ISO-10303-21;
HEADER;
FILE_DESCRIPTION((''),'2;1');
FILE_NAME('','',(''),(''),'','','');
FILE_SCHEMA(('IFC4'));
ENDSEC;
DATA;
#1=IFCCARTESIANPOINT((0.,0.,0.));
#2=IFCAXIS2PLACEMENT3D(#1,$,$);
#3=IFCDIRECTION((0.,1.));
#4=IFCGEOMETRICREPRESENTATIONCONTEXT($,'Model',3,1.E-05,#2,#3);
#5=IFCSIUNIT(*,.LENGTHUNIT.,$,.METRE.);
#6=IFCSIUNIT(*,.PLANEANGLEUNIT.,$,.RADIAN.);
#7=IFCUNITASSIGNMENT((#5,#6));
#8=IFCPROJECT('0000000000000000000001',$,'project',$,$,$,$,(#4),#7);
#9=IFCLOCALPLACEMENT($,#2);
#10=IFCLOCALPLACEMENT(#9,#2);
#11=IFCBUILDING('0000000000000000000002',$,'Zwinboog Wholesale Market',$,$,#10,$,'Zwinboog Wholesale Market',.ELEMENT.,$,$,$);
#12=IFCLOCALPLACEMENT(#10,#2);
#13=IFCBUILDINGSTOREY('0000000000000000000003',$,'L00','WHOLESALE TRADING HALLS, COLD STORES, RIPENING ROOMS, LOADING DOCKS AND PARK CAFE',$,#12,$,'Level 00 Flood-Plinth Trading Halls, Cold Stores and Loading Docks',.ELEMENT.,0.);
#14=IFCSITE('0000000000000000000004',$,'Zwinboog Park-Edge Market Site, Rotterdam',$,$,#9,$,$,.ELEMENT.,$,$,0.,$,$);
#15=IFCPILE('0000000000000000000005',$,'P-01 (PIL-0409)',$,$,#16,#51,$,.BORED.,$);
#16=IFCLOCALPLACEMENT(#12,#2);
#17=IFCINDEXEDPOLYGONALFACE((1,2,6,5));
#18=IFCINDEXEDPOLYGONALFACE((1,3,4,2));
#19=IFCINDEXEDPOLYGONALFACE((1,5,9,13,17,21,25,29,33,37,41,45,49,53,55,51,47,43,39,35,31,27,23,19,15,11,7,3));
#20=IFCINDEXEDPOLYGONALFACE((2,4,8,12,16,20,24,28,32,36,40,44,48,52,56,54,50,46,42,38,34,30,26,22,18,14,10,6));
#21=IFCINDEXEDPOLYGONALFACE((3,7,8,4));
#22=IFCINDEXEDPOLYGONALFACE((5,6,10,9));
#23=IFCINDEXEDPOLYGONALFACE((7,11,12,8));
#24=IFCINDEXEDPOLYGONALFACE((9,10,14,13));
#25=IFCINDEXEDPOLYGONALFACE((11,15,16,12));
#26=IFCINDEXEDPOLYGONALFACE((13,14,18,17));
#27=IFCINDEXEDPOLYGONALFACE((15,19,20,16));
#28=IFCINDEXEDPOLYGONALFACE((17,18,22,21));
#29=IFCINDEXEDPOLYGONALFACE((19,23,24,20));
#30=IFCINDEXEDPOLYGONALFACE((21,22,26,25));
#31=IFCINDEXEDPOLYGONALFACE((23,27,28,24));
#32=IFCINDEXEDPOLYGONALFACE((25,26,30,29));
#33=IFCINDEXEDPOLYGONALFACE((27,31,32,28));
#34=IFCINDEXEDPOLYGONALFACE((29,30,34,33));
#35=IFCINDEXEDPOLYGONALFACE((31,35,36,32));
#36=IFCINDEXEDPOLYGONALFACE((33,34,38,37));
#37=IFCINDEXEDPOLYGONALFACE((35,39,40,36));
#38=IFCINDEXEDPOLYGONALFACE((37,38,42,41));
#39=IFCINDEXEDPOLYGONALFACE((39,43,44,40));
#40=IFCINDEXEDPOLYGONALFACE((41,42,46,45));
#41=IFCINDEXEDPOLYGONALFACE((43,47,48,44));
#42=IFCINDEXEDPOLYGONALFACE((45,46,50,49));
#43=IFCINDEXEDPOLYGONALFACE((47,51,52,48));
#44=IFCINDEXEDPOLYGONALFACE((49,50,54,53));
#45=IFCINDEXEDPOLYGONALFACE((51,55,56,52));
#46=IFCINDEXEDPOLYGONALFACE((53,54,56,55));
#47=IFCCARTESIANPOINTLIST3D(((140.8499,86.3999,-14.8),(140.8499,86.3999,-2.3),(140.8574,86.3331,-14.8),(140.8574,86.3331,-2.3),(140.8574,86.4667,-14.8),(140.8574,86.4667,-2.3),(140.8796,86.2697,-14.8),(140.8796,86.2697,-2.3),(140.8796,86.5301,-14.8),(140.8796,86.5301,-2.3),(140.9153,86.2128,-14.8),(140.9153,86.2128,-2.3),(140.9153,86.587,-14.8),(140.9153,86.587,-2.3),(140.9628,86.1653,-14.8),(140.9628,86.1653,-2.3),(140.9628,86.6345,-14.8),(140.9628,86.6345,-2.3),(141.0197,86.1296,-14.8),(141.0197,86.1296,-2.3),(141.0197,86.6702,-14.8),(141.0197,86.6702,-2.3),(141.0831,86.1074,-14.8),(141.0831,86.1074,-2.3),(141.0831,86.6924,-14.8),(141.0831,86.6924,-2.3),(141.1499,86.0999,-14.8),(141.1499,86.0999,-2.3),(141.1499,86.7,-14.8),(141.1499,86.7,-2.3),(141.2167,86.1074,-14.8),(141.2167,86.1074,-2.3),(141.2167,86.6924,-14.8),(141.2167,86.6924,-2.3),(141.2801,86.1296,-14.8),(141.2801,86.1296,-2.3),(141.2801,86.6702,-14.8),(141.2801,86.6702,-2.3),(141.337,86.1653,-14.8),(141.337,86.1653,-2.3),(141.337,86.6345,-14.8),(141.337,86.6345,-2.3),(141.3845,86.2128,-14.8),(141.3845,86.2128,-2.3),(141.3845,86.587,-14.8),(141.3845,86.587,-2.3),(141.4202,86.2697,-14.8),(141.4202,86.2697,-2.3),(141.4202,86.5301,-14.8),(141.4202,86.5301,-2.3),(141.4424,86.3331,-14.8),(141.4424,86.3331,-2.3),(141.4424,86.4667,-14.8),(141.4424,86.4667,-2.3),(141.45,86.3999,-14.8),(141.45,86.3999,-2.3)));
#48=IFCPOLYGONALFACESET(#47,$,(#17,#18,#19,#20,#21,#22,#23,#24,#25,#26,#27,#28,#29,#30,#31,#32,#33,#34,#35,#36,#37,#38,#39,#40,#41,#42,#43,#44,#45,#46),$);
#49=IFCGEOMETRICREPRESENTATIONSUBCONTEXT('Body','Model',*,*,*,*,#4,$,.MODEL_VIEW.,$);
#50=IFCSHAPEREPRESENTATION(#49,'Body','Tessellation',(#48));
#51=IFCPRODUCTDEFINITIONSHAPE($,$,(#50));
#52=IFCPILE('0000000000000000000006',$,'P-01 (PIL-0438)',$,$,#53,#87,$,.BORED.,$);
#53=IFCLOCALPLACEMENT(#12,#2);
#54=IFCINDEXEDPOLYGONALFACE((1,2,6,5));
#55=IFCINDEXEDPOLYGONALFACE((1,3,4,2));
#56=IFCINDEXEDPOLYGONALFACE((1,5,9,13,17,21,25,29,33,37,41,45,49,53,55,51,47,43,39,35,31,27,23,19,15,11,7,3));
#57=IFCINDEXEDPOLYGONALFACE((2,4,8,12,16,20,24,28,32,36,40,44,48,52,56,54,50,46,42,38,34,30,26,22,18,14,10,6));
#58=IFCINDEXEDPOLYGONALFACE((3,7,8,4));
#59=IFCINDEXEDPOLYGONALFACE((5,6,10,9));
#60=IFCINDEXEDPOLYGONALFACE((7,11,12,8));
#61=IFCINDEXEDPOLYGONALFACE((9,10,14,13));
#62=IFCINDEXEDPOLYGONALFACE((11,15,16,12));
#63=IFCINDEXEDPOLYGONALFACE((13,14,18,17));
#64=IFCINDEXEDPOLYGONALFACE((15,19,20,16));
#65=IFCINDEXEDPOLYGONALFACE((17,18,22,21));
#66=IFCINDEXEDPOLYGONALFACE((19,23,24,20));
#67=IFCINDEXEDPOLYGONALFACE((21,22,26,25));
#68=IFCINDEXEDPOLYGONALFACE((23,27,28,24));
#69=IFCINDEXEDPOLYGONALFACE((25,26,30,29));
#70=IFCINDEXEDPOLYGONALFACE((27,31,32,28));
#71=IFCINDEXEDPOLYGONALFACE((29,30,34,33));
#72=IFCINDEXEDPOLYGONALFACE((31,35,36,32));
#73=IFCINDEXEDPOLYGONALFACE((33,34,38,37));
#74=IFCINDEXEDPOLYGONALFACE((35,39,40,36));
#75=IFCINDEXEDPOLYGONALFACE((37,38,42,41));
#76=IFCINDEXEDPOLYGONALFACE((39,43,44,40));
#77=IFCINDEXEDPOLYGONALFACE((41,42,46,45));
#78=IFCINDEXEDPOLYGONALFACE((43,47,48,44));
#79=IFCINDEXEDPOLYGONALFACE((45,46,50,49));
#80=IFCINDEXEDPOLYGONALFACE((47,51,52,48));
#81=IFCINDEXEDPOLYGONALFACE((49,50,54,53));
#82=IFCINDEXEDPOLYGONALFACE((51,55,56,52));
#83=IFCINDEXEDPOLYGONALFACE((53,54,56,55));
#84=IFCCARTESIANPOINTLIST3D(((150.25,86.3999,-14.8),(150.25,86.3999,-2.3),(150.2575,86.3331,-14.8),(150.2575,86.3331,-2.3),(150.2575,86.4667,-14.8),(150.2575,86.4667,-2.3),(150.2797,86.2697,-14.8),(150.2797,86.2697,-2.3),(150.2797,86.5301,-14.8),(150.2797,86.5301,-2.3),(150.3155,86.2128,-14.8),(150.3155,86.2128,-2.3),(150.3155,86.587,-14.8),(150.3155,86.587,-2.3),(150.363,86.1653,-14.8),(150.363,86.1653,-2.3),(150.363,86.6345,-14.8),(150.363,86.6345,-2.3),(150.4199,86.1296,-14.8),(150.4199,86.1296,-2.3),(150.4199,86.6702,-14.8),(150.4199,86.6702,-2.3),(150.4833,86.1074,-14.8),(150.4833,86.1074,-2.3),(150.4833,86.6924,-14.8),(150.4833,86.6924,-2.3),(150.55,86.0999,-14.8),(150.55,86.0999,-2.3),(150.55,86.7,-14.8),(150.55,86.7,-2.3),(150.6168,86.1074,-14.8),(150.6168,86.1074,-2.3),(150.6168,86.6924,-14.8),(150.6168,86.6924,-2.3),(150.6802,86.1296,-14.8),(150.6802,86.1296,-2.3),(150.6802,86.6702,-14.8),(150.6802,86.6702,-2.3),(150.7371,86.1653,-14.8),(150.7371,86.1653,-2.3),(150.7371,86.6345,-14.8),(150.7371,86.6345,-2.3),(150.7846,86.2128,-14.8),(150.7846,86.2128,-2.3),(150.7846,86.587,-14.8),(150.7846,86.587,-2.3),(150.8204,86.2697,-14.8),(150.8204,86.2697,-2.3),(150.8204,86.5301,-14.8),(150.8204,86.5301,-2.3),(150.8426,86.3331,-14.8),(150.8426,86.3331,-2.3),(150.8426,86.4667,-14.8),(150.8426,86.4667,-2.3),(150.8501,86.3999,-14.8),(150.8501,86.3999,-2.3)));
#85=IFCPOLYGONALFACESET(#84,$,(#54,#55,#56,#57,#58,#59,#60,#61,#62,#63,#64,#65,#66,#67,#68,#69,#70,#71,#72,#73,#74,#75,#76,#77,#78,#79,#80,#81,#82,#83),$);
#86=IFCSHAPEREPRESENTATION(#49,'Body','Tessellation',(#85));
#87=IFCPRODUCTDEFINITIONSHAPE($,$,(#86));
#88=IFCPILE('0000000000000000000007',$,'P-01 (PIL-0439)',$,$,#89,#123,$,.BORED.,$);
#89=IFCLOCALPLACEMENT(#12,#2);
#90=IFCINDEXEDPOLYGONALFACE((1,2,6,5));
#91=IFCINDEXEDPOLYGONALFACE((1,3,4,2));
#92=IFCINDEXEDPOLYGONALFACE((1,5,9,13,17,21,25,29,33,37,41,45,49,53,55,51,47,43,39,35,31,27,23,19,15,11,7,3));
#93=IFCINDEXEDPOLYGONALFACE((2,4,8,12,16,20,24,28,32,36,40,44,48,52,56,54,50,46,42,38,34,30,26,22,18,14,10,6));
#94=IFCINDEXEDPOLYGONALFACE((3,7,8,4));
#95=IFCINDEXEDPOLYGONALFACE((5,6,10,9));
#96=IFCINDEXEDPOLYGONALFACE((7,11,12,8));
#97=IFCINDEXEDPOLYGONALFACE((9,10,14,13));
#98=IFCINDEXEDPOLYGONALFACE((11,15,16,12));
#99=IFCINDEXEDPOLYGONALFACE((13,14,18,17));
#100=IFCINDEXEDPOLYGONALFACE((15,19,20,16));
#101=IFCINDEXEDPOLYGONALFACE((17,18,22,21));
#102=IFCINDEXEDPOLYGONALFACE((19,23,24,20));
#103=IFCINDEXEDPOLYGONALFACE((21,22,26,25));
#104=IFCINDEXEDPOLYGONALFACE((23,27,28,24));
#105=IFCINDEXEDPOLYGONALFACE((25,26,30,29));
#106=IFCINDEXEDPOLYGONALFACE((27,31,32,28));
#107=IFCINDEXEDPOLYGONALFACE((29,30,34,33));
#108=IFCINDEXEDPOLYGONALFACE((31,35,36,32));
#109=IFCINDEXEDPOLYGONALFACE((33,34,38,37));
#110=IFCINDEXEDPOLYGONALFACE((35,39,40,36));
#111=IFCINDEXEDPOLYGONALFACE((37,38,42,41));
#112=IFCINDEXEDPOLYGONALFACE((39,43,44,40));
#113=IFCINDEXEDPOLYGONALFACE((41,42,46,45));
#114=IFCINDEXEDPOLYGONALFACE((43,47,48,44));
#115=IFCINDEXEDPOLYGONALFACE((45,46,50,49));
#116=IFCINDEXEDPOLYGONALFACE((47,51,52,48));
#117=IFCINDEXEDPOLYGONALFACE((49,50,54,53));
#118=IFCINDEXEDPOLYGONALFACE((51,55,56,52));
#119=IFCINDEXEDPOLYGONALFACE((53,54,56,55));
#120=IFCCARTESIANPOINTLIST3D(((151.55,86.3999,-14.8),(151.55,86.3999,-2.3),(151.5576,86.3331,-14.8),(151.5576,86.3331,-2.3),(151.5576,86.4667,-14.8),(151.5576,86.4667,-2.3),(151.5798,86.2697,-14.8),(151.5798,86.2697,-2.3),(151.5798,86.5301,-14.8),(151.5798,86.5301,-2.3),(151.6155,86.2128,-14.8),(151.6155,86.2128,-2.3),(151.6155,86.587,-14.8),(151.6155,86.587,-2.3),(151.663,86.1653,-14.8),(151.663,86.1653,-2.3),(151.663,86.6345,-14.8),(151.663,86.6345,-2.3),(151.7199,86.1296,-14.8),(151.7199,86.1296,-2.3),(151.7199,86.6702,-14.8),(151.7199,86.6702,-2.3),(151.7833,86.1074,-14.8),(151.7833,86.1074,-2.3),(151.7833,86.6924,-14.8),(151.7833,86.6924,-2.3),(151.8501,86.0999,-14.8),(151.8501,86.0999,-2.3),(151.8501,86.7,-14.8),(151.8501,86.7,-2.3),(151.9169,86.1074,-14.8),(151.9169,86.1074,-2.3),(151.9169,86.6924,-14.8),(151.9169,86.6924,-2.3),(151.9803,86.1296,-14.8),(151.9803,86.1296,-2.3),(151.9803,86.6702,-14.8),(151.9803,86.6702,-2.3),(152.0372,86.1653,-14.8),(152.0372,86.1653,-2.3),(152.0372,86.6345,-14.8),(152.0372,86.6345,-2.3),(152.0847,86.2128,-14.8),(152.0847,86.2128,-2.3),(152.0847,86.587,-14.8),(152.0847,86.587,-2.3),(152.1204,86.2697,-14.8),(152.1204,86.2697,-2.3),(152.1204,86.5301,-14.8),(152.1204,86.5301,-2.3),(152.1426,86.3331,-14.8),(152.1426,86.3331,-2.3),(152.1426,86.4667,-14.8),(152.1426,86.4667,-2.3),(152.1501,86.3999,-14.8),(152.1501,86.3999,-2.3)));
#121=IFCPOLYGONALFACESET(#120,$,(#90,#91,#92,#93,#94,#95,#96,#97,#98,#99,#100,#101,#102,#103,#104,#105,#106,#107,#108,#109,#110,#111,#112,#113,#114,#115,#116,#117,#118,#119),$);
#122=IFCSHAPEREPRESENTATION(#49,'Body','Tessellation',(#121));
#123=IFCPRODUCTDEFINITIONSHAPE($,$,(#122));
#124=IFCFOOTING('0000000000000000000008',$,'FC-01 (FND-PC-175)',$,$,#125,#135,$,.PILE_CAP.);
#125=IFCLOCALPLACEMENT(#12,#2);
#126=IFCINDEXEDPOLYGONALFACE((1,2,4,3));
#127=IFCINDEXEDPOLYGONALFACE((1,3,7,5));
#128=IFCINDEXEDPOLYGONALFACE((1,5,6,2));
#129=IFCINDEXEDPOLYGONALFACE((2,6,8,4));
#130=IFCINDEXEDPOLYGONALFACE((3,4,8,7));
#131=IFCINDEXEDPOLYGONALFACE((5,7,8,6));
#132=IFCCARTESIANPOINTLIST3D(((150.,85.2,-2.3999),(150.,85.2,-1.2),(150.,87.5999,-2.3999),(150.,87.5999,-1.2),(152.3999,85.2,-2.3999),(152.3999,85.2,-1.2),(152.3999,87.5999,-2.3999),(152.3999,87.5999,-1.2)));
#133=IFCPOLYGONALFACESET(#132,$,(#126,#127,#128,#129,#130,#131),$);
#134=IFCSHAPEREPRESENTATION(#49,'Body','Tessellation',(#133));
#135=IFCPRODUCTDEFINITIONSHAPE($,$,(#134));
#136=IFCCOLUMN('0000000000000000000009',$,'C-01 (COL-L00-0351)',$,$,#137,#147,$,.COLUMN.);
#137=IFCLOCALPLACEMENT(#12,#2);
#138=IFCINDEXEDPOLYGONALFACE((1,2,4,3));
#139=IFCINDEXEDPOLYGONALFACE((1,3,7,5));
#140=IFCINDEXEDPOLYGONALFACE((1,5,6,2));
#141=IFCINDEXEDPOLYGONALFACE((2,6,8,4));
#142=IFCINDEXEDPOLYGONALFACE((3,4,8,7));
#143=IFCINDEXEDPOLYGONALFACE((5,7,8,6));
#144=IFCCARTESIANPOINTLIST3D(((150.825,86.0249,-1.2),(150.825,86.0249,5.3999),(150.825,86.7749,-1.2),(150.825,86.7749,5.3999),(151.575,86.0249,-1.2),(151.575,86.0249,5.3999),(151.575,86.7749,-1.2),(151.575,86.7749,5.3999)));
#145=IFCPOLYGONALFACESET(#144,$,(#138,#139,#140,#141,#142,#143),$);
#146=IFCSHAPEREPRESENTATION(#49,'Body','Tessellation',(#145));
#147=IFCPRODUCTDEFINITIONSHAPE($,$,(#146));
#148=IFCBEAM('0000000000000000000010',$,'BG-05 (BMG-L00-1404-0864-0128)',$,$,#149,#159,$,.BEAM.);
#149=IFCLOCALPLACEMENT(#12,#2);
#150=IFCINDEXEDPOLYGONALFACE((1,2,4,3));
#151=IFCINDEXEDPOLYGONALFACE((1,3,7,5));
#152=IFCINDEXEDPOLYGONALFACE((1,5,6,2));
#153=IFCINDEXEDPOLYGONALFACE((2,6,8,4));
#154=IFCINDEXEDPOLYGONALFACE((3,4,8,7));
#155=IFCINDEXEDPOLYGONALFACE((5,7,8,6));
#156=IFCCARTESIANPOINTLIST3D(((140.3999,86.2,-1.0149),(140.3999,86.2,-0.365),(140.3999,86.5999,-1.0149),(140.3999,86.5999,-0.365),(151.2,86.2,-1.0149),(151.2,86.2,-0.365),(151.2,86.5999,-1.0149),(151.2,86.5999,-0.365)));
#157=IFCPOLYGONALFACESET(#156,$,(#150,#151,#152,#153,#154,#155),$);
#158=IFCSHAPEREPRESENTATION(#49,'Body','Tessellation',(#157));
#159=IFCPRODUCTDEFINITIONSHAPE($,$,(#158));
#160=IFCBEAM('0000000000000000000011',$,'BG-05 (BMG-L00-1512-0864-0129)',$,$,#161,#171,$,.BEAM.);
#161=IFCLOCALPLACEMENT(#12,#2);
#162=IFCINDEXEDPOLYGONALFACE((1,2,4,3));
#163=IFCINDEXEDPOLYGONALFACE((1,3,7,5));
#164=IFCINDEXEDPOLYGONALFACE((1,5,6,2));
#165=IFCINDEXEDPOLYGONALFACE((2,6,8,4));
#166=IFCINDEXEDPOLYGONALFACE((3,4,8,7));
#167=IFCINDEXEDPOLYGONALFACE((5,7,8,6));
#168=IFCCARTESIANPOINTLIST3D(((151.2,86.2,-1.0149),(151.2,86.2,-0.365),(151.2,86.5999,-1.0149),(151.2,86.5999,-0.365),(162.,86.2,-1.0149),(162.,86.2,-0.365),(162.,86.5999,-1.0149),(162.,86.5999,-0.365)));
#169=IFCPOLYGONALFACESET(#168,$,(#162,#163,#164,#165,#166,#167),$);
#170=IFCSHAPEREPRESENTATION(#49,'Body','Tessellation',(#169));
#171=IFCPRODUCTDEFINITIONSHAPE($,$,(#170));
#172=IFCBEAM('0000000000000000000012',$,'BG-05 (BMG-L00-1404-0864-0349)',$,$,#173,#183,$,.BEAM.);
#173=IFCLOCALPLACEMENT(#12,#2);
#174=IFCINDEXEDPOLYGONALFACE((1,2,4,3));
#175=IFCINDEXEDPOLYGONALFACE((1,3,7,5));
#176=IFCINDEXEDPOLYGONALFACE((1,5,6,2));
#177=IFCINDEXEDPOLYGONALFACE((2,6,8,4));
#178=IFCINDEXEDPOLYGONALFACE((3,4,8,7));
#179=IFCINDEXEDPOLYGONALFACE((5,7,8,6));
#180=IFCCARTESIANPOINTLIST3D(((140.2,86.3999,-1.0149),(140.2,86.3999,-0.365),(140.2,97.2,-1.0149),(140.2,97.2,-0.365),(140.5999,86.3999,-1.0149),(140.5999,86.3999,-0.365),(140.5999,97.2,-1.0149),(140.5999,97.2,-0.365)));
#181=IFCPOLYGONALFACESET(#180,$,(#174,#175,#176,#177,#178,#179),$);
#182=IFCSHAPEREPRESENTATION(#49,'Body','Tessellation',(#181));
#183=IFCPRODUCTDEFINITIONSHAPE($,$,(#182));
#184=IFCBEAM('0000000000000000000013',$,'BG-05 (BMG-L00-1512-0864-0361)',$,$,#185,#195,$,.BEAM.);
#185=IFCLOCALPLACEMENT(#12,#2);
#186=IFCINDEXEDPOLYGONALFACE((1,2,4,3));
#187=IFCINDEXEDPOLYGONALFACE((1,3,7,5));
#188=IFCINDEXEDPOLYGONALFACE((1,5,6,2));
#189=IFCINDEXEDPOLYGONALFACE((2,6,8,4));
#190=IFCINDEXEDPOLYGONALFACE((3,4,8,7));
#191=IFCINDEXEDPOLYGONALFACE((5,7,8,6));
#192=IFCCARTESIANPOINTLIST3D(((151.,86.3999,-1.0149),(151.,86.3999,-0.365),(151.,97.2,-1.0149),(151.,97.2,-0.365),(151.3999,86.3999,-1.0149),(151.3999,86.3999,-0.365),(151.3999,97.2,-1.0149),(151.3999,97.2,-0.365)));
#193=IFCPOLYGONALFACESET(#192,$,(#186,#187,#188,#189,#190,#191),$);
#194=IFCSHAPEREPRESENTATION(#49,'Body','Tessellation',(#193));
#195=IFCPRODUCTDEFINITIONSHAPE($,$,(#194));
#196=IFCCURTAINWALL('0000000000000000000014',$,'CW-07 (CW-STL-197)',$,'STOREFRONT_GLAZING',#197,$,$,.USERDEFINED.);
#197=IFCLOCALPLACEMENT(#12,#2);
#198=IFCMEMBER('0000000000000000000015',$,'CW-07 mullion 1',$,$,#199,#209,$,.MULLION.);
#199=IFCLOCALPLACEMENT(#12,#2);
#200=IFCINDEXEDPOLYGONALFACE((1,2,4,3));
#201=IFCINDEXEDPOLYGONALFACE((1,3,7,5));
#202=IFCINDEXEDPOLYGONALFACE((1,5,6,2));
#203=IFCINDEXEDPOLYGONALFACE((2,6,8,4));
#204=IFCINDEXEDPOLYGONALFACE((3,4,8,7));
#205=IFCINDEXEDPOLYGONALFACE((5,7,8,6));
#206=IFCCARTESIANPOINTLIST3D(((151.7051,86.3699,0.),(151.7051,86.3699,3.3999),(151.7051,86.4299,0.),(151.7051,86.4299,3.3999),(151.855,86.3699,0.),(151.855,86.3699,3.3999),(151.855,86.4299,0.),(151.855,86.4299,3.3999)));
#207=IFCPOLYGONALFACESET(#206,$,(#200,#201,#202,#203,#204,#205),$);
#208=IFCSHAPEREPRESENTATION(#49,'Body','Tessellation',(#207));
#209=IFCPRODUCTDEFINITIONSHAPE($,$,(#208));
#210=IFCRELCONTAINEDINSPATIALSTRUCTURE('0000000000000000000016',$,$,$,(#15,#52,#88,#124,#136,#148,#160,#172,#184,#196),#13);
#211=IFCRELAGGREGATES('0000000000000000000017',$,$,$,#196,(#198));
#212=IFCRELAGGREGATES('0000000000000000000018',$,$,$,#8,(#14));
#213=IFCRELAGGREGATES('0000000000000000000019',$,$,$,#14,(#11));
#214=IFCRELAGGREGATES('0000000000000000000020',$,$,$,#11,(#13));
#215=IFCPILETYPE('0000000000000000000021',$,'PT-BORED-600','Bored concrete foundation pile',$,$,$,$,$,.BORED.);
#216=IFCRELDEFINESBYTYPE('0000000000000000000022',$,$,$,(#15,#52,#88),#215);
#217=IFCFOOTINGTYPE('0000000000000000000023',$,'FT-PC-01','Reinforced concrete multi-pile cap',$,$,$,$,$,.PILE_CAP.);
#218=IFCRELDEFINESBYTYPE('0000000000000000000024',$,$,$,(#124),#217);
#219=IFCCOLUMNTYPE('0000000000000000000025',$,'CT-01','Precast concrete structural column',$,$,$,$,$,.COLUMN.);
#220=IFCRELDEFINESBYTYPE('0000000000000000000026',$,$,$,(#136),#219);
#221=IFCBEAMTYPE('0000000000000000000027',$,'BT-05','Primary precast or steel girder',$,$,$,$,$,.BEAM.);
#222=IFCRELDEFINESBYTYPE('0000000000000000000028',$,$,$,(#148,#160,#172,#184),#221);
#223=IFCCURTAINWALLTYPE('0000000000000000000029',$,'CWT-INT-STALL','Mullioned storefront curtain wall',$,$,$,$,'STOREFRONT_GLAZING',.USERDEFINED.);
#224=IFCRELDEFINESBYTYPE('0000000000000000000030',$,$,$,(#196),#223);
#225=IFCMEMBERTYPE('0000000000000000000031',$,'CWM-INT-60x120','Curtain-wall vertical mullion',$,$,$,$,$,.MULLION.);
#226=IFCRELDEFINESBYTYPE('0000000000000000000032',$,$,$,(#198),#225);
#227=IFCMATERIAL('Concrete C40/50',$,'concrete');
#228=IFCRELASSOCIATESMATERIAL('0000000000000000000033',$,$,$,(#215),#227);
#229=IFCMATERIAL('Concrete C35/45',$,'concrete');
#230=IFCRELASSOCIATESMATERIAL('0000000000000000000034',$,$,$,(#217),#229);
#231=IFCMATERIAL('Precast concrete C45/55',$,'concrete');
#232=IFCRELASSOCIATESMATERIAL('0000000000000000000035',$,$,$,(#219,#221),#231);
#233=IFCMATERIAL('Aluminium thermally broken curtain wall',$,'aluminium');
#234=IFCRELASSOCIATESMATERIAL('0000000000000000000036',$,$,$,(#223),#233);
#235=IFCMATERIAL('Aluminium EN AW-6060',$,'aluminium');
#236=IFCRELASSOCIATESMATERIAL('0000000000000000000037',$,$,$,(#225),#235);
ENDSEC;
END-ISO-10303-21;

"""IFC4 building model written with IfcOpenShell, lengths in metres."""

from ifc_helpers import new_model, si_unit, direction, frame, origin, origin_2d, place, context, subcontext, project, spatial, rectangle, circle, extrude, material, material_profile, profile_set, type_object, element, aggregate, save


model = new_model("IFC4")

# Units and contexts
model_context = context("Model", 3, precision=1e-05, world=origin(), true_north=direction((0.0, 1.0)))
body_context = subcontext(model_context, "Body", "Model", "MODEL_VIEW")
ifc_project = project(units=[si_unit("LENGTHUNIT", "METRE"), si_unit("PLANEANGLEUNIT", "RADIAN")], contexts=[model_context])

# Site, building, storey
site_placement = place(None, origin())
site = spatial("IfcSite", under=ifc_project, at=site_placement, Name="Zwinboog Park-Edge Market Site, Rotterdam", CompositionType="ELEMENT", RefElevation=0.0)
building_placement = place(site_placement, origin())
building = spatial("IfcBuilding", under=site, at=building_placement, Name="Zwinboog Wholesale Market", LongName="Zwinboog Wholesale Market", CompositionType="ELEMENT")
storey_placement = place(building_placement, origin())
storey = spatial("IfcBuildingStorey", under=building, at=storey_placement, Name="L00", Description="WHOLESALE TRADING HALLS, COLD STORES, RIPENING ROOMS, LOADING DOCKS AND PARK CAFE", LongName="Level 00 Flood-Plinth Trading Halls, Cold Stores and Loading Docks", CompositionType="ELEMENT", Elevation=0.0)

# Piles
ifc_material_1 = material(Name="Concrete C40/50", Category="concrete")
ifc_material_profile_1 = material_profile(ifc_material_1, circle(Radius=0.3, at=origin_2d()), Name="PILE D600")
ifc_profile_set_1 = profile_set([ifc_material_profile_1], Name="Concrete C40/50")
pile_type = type_object("IfcPileType", Name="PT-BORED-600", Description="Bored concrete foundation pile", PredefinedType="BORED", material=ifc_profile_set_1)
for number, where, z_axis, x_axis, name in (
    (1, (141.1499, 86.3999, -2.3), (0.0, 0.0, -1.0), (1.0, 0.0, 0.0), "P-01 (PIL-0409)"),
    (2, (150.55, 86.3999, -2.3), (0.0, 0.0, -1.0), (1.0, 0.0, 0.0), "P-01 (PIL-0438)"),
    (3, (151.8501, 86.3999, -2.3), (0.0, 0.0, -1.0), (1.0, 0.0, 0.0), "P-01 (PIL-0439)"),
):
    element("IfcPile", number, at=place(storey_placement, frame(where, z_axis=z_axis, x_axis=x_axis)), inside=storey, type_object=pile_type, Name=name, PredefinedType="BORED", context=body_context, shape_type="SweptSolid", body=[
        extrude(circle(Radius=0.3, at=origin_2d()), origin(), (0.0, 0.0, 1.0), 12.5),
    ])

# Footing
ifc_material_2 = material(Name="Concrete C35/45", Category="concrete")
footing_type = type_object("IfcFootingType", Name="FT-PC-01", Description="Reinforced concrete multi-pile cap", PredefinedType="PILE_CAP", material=ifc_material_2)
footing_placement = place(storey_placement, frame((151.2, 86.3999, -2.3999), z_axis=(0.0, 0.0, 1.0), x_axis=(1.0, 0.0, 0.0)))
element("IfcFooting", 4, at=footing_placement, inside=storey, type_object=footing_type, Name="FC-01 (FND-PC-175)", PredefinedType="PILE_CAP", context=body_context, shape_type="SweptSolid", body=[
    extrude(rectangle(XDim=2.3999, YDim=2.3999, at=origin_2d()), origin(), (0.0, 0.0, 1.0), 1.2),
])

# Column
ifc_material_3 = material(Name="Precast concrete C45/55", Category="concrete")
ifc_material_profile_2 = material_profile(ifc_material_3, rectangle(XDim=0.75, YDim=0.75, at=origin_2d()), Name="PC 750x750")
ifc_profile_set_2 = profile_set([ifc_material_profile_2], Name="Precast concrete C45/55")
column_type = type_object("IfcColumnType", Name="CT-01", Description="Precast concrete structural column", PredefinedType="COLUMN", material=ifc_profile_set_2)
column_placement = place(storey_placement, frame((151.2, 86.3999, -1.2), z_axis=(0.0, 0.0, 1.0), x_axis=(1.0, 0.0, 0.0)))
element("IfcColumn", 5, at=column_placement, inside=storey, type_object=column_type, Name="C-01 (COL-L00-0351)", PredefinedType="COLUMN", context=body_context, shape_type="SweptSolid", body=[
    extrude(rectangle(XDim=0.75, YDim=0.75, at=origin_2d()), origin(), (0.0, 0.0, 1.0), 6.5999),
])

# Beams
ifc_material_profile_3 = material_profile(ifc_material_3, rectangle(XDim=0.3999, YDim=0.6499, at=origin_2d()), Name="PC 400x650")
ifc_profile_set_3 = profile_set([ifc_material_profile_3], Name="Precast concrete C45/55")
beam_type = type_object("IfcBeamType", Name="BT-05", Description="Primary precast or steel girder", PredefinedType="BEAM", material=ifc_profile_set_3)
for number, where, z_axis, x_axis, name in (
    (6, (140.3999, 86.3999, -0.6899), (1.0, 0.0, 0.0), (0.0, 1.0, 0.0), "BG-05 (BMG-L00-1404-0864-0128)"),
    (7, (151.2, 86.3999, -0.6899), (1.0, 0.0, 0.0), (0.0, 1.0, 0.0), "BG-05 (BMG-L00-1512-0864-0129)"),
    (8, (140.3999, 86.3999, -0.6899), (0.0, 1.0, 0.0), (-1.0, 0.0, 0.0), "BG-05 (BMG-L00-1404-0864-0349)"),
    (9, (151.2, 86.3999, -0.6899), (0.0, 1.0, 0.0), (-1.0, 0.0, 0.0), "BG-05 (BMG-L00-1512-0864-0361)"),
):
    element("IfcBeam", number, at=place(storey_placement, frame(where, z_axis=z_axis, x_axis=x_axis)), inside=storey, type_object=beam_type, Name=name, PredefinedType="BEAM", context=body_context, shape_type="SweptSolid", body=[
        extrude(rectangle(XDim=0.3999, YDim=0.6499, at=origin_2d()), origin(), (0.0, 0.0, 1.0), 10.8),
    ])

# Curtain wall, member
ifc_material_4 = material(Name="Aluminium thermally broken curtain wall", Category="aluminium")
curtain_wall_type = type_object("IfcCurtainWallType", Name="CWT-INT-STALL", Description="Mullioned storefront curtain wall", ElementType="STOREFRONT_GLAZING", PredefinedType="USERDEFINED", material=ifc_material_4)
curtain_wall_placement = place(storey_placement, origin())
curtain_wall = element("IfcCurtainWall", 10, at=curtain_wall_placement, inside=storey, type_object=curtain_wall_type, Name="CW-07 (CW-STL-197)", ObjectType="STOREFRONT_GLAZING", PredefinedType="USERDEFINED")
ifc_material_5 = material(Name="Aluminium EN AW-6060", Category="aluminium")
ifc_material_profile_4 = material_profile(ifc_material_5, rectangle(XDim=0.0601, YDim=0.1499, at=origin_2d()), Name="AL 60x150")
ifc_profile_set_4 = profile_set([ifc_material_profile_4], Name="Aluminium EN AW-6060")
member_type_1 = type_object("IfcMemberType", Name="CWM-INT-60x120", Description="Curtain-wall vertical mullion", PredefinedType="MULLION", material=ifc_profile_set_4)
member_1_placement = place(storey_placement, frame((151.78, 86.3999, 0.0), z_axis=(0.0, 0.0, 1.0), x_axis=(0.0, 1.0, 0.0)))
member_1 = element("IfcMember", 11, at=member_1_placement, type_object=member_type_1, Name="CW-07 mullion 1", PredefinedType="MULLION", context=body_context, shape_type="SweptSolid", body=[
    extrude(rectangle(XDim=0.0601, YDim=0.1499, at=origin_2d()), origin(), (0.0, 0.0, 1.0), 3.3999),
])
aggregate(curtain_wall, [member_1])

save(model, "model.ifc")
